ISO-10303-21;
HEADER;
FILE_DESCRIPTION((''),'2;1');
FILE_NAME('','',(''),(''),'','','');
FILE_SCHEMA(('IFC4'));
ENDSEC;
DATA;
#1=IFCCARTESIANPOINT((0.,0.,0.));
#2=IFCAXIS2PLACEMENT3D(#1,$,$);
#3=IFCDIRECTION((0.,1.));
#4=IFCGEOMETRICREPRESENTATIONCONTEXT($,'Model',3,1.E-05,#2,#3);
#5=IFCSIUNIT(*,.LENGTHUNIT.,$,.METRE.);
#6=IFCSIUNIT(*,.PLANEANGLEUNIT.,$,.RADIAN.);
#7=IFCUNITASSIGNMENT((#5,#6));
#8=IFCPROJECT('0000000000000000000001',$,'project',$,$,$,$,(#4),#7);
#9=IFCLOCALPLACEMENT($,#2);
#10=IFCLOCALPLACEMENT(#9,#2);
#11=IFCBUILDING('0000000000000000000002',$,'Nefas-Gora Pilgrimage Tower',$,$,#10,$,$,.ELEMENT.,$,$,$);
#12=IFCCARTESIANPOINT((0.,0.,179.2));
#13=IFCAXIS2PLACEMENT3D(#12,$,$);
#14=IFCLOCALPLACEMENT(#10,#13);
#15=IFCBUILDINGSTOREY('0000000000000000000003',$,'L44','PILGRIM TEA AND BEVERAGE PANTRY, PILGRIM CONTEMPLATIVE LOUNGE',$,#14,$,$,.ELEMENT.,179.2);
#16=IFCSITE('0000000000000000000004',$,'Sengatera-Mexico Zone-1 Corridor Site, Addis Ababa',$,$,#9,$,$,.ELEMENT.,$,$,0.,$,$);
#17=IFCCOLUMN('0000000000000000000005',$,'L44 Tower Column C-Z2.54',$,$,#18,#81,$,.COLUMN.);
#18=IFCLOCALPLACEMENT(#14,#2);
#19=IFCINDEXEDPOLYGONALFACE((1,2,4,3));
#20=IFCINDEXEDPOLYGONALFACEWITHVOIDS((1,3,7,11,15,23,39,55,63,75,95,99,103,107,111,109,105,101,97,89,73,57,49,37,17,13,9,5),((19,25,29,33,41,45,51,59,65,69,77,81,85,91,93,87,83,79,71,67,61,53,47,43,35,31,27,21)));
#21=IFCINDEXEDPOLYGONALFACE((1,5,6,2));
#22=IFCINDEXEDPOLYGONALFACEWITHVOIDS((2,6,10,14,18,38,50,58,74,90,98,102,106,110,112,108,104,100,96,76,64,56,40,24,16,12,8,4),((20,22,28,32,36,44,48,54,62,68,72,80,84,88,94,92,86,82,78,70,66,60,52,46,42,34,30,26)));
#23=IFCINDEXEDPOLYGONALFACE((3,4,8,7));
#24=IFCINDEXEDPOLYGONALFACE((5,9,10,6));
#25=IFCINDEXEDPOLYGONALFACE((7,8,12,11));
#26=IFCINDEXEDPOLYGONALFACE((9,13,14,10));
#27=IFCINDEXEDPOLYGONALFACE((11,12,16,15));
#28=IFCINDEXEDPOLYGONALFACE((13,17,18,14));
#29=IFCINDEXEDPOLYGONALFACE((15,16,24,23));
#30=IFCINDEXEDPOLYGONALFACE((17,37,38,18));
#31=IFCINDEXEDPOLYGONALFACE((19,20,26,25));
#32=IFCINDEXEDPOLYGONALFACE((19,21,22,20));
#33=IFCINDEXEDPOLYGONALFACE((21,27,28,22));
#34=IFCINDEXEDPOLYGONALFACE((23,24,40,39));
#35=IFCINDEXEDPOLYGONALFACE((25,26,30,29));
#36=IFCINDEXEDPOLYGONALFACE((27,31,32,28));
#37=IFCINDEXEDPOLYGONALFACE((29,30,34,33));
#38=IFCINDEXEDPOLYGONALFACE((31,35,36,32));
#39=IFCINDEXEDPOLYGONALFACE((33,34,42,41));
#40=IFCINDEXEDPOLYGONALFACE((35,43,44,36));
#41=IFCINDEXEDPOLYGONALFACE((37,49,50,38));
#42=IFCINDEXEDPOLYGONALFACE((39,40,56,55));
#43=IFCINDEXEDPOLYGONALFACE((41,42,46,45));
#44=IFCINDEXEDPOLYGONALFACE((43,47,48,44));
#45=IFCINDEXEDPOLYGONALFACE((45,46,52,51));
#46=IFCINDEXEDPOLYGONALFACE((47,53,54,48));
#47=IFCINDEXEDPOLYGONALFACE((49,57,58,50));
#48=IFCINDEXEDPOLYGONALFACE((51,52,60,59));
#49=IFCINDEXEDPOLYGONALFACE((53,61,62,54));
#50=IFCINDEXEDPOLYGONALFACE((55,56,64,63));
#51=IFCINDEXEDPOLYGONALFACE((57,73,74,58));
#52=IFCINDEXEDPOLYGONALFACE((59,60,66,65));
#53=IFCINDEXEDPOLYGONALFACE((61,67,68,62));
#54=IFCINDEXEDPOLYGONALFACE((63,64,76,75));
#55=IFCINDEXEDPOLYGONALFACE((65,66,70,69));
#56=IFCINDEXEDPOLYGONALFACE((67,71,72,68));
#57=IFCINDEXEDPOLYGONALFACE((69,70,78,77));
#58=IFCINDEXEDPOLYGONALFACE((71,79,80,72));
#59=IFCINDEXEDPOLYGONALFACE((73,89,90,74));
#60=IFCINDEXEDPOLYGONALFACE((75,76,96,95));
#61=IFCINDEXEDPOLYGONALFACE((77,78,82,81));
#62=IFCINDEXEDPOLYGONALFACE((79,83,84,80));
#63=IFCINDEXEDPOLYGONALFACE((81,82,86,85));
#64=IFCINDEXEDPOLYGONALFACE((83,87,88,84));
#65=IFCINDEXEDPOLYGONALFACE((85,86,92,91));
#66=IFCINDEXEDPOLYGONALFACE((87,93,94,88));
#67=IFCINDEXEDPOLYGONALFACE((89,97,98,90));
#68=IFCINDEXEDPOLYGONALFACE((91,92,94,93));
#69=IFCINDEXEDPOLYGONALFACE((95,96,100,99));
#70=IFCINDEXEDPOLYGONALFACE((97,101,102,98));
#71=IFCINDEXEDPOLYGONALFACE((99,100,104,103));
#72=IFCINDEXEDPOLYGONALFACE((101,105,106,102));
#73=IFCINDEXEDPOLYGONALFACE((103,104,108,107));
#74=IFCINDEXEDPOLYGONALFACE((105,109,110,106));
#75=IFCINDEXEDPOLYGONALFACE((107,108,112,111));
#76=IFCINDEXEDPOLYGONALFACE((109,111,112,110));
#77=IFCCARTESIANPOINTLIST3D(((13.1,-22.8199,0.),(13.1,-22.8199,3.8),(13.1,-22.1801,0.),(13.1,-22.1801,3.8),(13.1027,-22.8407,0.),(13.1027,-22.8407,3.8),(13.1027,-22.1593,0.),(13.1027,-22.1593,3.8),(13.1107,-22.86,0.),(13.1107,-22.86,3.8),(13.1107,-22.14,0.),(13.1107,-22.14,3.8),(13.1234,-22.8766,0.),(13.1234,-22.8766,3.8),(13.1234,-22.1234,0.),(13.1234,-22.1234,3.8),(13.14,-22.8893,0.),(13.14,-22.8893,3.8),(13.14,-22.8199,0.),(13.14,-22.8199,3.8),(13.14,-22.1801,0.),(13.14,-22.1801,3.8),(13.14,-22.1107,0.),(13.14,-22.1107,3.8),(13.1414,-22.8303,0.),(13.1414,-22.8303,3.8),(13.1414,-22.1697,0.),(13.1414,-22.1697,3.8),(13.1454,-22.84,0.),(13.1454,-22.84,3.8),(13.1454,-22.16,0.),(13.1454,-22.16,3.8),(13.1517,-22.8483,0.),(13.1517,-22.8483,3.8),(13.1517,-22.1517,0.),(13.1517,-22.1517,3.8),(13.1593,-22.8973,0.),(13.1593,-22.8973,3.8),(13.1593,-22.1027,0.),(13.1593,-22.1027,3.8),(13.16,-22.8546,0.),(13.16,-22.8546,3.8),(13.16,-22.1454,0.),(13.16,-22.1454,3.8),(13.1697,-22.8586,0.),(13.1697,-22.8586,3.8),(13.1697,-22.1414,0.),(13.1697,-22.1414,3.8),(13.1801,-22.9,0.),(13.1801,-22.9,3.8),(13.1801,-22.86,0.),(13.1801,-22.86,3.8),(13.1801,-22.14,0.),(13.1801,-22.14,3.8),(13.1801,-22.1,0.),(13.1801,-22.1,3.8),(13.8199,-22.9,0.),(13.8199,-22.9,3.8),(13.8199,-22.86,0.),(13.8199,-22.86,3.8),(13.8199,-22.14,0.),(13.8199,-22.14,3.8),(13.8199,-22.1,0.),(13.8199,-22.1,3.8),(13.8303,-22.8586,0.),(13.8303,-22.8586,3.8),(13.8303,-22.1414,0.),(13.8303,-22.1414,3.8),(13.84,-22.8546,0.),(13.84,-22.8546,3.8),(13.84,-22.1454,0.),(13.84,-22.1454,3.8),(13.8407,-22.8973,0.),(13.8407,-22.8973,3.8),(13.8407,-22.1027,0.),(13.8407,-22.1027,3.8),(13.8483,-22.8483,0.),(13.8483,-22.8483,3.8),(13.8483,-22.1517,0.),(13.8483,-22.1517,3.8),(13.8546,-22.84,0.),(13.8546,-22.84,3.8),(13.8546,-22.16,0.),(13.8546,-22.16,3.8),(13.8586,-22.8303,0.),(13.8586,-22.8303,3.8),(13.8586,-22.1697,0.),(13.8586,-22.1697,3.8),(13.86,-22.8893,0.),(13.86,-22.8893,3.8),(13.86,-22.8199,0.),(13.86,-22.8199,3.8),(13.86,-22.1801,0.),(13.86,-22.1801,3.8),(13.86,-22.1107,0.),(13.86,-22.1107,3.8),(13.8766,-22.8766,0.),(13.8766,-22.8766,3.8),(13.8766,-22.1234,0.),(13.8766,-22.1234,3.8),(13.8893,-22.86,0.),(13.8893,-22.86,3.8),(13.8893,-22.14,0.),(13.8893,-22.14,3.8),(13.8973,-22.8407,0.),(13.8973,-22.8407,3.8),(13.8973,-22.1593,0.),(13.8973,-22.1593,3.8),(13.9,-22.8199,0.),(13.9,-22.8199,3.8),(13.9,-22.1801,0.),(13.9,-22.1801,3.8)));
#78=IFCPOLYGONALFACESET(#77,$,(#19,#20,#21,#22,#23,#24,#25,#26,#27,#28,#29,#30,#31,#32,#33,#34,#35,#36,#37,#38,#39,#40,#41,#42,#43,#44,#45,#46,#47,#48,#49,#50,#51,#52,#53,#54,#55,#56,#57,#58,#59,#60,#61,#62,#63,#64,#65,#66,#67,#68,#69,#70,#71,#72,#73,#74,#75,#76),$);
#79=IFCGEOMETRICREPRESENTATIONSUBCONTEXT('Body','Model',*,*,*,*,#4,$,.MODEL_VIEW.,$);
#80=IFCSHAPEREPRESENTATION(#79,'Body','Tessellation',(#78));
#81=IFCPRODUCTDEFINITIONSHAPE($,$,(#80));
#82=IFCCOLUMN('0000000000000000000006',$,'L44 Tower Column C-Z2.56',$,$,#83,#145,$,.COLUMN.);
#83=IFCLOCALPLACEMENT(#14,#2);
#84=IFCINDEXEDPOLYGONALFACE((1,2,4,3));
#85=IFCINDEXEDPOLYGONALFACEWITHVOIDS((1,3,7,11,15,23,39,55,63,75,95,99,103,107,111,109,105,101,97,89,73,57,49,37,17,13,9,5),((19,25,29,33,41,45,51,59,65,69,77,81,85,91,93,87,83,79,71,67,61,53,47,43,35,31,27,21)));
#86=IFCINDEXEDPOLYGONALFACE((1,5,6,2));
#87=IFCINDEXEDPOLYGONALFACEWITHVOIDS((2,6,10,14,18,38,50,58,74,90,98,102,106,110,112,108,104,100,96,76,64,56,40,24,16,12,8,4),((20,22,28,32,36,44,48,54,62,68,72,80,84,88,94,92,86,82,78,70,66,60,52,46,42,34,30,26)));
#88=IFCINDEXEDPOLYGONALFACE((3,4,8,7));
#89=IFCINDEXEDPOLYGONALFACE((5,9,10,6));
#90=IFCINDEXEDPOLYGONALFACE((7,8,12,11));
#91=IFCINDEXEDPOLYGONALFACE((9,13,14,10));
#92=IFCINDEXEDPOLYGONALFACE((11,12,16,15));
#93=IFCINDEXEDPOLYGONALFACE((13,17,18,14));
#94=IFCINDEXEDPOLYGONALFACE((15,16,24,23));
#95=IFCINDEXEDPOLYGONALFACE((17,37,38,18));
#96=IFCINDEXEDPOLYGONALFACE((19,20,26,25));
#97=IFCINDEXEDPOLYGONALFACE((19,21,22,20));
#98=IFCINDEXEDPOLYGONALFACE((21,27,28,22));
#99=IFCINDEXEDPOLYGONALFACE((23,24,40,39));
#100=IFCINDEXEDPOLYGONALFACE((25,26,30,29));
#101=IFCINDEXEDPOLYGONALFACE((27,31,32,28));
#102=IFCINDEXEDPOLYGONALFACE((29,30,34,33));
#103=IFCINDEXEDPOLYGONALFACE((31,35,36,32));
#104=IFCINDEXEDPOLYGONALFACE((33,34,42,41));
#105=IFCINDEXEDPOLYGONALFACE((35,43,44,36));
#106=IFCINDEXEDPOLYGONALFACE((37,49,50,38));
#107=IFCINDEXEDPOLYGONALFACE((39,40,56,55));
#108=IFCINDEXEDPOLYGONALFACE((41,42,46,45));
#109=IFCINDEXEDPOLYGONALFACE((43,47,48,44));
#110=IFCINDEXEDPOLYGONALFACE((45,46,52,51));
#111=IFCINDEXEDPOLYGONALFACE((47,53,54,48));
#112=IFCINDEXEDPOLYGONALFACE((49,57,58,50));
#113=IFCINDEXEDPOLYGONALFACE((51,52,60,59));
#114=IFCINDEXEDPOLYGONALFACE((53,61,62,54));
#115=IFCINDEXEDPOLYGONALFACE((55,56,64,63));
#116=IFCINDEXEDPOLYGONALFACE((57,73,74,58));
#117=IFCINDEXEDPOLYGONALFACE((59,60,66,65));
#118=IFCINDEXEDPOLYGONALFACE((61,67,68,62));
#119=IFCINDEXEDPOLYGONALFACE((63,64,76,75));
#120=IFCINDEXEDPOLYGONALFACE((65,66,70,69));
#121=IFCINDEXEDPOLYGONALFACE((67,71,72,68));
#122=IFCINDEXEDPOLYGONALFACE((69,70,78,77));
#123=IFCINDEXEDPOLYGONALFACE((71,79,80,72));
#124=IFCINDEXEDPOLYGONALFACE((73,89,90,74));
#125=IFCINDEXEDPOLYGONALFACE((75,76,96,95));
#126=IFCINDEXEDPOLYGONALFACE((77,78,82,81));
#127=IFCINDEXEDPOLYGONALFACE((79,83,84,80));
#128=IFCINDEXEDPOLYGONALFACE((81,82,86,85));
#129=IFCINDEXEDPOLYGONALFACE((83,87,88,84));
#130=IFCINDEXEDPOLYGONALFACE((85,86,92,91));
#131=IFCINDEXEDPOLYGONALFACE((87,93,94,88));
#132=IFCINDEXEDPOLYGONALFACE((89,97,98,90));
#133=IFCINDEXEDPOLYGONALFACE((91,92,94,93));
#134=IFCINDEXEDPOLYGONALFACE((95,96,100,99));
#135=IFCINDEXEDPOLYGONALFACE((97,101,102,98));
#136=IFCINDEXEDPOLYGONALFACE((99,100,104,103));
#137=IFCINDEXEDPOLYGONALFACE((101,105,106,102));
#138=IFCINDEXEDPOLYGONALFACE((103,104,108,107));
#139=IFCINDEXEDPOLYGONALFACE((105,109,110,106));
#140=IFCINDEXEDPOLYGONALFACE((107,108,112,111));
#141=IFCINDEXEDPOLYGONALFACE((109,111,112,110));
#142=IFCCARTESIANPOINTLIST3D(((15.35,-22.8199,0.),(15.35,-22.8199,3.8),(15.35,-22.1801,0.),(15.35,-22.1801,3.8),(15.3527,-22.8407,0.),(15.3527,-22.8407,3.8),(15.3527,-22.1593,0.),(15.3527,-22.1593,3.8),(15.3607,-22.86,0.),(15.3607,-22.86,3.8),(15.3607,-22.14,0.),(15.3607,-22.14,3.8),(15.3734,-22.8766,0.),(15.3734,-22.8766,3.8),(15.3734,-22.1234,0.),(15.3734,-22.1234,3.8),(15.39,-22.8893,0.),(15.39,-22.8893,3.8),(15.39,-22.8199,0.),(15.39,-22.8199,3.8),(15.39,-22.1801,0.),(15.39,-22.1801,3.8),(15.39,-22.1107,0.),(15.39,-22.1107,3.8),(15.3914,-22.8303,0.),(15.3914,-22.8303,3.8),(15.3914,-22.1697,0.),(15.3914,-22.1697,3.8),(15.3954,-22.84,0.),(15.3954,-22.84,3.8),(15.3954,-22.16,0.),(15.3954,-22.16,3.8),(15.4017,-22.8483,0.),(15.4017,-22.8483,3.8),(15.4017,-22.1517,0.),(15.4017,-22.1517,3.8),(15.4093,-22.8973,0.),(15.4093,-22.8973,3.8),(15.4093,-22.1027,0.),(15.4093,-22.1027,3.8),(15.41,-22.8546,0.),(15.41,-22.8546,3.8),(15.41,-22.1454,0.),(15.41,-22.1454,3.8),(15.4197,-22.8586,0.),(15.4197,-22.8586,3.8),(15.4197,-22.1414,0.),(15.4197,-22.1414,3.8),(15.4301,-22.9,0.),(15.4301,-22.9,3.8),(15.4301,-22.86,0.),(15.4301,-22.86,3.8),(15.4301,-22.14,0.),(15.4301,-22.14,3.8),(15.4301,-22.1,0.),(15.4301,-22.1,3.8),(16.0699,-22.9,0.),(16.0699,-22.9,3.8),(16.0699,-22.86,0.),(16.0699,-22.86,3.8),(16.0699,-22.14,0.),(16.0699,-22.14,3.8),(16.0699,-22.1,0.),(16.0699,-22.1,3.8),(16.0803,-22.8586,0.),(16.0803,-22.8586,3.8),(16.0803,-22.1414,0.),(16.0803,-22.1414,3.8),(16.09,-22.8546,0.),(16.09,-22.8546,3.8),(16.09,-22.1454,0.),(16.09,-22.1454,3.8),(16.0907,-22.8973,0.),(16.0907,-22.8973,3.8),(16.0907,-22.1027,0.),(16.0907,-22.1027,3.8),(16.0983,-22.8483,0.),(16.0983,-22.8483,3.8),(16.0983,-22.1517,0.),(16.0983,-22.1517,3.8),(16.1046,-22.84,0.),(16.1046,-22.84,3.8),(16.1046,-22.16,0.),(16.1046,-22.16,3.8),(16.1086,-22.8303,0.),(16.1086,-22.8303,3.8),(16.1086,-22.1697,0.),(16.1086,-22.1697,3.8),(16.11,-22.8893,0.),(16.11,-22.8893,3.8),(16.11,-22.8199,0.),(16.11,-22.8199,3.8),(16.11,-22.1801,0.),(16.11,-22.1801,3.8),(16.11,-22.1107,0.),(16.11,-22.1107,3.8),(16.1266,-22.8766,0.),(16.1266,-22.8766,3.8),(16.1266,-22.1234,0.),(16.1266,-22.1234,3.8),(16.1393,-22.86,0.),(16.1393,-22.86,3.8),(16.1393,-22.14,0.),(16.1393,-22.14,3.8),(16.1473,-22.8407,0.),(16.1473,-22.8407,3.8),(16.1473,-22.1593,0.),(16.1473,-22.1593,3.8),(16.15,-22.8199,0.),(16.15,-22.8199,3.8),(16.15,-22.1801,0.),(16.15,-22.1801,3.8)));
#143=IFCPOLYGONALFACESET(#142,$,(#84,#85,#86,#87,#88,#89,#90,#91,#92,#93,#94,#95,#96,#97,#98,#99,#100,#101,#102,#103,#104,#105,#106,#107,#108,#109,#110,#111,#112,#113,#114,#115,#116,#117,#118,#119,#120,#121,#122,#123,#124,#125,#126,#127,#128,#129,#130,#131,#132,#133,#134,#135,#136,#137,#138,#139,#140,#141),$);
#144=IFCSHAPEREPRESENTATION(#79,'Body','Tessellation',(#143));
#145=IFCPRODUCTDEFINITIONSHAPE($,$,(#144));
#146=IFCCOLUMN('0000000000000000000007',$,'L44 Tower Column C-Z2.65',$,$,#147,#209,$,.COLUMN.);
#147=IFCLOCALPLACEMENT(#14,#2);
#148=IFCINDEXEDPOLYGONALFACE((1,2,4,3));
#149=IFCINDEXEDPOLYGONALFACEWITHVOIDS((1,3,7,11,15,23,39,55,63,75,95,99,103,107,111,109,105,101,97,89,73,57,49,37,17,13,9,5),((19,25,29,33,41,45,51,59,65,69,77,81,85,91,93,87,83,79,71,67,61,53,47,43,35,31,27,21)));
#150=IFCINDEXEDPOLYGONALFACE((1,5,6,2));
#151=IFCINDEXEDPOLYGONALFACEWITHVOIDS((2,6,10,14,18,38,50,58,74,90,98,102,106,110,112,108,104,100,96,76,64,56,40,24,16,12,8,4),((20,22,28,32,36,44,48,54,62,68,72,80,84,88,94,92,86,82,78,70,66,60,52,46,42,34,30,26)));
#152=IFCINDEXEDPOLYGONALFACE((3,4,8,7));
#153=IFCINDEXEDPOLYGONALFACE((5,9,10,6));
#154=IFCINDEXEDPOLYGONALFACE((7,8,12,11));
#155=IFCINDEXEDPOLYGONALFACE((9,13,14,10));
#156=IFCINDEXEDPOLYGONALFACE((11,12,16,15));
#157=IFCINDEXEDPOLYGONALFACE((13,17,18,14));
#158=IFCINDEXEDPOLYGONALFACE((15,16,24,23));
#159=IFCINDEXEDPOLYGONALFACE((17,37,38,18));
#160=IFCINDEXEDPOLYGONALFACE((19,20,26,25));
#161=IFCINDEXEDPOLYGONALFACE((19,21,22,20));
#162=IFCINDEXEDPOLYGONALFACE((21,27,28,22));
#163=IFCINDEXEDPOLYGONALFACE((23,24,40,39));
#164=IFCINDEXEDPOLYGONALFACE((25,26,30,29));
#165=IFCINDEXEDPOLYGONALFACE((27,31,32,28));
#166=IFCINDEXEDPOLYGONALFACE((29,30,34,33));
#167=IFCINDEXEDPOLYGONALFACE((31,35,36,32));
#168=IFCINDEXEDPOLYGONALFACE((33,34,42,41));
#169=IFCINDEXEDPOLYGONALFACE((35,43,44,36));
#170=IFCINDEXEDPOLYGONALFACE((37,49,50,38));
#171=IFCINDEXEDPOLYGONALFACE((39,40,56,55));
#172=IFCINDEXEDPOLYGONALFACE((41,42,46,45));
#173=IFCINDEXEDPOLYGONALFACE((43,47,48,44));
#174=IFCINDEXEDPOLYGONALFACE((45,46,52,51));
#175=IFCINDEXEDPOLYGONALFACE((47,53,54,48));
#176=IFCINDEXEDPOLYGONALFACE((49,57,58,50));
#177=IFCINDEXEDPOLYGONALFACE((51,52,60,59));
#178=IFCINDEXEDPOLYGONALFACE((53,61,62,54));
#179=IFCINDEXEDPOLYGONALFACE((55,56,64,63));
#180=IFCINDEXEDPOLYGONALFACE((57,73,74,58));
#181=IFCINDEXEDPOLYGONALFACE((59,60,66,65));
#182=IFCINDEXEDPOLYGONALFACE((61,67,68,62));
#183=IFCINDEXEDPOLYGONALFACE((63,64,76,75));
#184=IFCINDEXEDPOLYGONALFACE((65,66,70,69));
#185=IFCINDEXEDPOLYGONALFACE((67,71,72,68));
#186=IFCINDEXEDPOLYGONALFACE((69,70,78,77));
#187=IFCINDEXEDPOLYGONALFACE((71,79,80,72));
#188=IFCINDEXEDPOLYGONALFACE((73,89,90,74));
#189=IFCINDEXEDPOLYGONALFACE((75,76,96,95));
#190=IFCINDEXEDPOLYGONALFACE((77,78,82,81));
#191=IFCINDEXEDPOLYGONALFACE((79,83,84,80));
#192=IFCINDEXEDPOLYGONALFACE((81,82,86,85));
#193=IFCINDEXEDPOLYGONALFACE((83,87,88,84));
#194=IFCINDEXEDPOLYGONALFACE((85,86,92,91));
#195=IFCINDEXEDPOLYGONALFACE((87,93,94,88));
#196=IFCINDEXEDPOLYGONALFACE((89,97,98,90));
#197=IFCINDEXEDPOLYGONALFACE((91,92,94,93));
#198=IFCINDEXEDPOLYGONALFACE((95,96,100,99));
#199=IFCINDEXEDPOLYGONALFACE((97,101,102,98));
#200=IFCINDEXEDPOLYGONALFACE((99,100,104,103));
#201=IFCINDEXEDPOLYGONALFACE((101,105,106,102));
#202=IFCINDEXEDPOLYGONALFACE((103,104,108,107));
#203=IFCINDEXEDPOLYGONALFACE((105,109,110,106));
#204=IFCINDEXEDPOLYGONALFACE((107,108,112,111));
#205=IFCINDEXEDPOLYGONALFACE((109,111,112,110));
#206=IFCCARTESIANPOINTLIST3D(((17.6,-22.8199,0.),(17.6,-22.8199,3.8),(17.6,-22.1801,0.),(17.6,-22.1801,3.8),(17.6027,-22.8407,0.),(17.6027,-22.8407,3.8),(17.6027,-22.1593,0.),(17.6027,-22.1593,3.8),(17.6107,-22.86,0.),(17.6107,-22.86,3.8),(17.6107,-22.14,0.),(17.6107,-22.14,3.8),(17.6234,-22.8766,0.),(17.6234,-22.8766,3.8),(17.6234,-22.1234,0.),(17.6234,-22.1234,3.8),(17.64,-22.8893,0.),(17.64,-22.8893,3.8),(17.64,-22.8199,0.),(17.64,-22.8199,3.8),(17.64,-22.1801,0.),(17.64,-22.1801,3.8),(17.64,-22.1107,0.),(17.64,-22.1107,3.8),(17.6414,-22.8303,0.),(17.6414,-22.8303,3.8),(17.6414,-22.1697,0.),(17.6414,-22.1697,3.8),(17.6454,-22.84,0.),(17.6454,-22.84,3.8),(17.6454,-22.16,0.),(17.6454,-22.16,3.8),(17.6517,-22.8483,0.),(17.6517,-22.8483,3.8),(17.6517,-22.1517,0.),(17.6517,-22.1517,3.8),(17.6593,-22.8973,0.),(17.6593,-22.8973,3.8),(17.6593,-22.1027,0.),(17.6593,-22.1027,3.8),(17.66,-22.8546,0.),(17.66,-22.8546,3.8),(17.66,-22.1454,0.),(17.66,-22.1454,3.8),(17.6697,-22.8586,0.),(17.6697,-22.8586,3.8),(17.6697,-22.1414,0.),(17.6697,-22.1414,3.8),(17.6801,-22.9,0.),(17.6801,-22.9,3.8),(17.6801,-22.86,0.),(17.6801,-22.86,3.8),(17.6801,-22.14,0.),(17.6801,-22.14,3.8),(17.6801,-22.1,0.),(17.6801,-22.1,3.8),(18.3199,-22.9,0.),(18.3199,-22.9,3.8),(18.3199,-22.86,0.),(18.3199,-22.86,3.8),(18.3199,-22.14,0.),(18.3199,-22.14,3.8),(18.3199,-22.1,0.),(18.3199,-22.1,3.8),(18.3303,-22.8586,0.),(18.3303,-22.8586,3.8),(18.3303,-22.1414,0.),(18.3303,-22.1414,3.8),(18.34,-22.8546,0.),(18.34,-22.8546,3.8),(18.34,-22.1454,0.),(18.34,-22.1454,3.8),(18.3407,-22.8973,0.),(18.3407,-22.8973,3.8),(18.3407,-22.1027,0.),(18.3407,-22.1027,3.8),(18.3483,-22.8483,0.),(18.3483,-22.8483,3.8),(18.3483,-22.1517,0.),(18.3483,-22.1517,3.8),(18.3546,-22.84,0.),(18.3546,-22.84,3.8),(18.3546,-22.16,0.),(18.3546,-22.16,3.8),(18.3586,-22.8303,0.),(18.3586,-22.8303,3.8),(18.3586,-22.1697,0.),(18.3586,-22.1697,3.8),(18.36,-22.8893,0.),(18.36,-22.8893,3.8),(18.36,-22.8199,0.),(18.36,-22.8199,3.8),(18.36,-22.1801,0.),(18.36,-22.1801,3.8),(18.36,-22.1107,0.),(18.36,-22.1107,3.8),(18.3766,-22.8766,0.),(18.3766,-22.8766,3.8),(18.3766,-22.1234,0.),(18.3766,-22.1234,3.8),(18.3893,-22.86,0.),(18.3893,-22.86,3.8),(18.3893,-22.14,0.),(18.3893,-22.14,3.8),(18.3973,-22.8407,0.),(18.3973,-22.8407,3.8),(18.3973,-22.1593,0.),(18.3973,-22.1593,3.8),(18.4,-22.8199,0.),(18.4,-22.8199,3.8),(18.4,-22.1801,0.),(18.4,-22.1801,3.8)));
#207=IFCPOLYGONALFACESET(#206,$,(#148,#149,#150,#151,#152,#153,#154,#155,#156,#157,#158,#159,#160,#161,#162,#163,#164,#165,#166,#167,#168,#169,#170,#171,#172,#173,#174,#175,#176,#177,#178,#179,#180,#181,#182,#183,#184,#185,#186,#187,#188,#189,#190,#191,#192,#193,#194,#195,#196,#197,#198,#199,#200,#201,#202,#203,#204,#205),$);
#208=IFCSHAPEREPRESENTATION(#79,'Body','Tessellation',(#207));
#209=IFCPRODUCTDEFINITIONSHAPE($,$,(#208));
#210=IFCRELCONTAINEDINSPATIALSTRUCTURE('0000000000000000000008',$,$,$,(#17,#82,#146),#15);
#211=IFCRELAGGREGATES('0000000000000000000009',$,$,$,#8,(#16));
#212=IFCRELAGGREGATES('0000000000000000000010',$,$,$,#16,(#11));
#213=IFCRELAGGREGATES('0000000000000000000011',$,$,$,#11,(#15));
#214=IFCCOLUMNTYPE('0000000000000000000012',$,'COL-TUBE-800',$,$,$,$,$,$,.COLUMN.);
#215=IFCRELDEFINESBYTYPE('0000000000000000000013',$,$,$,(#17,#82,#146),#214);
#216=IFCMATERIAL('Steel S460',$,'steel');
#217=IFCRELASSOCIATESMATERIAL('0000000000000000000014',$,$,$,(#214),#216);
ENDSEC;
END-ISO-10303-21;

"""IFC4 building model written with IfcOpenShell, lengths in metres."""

from ifc_helpers import new_model, si_unit, direction, frame, origin, origin_2d, place, context, subcontext, project, spatial, hollow_rectangle, extrude, source, transform, mapped, material, material_profile, profile_set, type_object, element, save


model = new_model("IFC4")

# Units and contexts
model_context = context("Model", 3, precision=1e-05, world=origin(), true_north=direction((0.0, 1.0)))
body_context = subcontext(model_context, "Body", "Model", "MODEL_VIEW")
ifc_project = project(units=[si_unit("LENGTHUNIT", "METRE"), si_unit("PLANEANGLEUNIT", "RADIAN")], contexts=[model_context])

# Site, building, storey
site_placement = place(None, origin())
site = spatial("IfcSite", under=ifc_project, at=site_placement, Name="Sengatera-Mexico Zone-1 Corridor Site, Addis Ababa", CompositionType="ELEMENT", RefElevation=0.0)
building_placement = place(site_placement, origin())
building = spatial("IfcBuilding", under=site, at=building_placement, Name="Nefas-Gora Pilgrimage Tower", CompositionType="ELEMENT")
storey_placement = place(building_placement, frame((0.0, 0.0, 179.2)))
storey = spatial("IfcBuildingStorey", under=building, at=storey_placement, Name="L44", Description="PILGRIM TEA AND BEVERAGE PANTRY, PILGRIM CONTEMPLATIVE LOUNGE", CompositionType="ELEMENT", Elevation=179.2)

# Columns
ifc_material_1 = material(Name="Steel S460", Category="steel")
ifc_material_profile_1 = material_profile(ifc_material_1, hollow_rectangle(XDim=0.8, YDim=0.8, WallThickness=0.04, InnerFilletRadius=0.04, OuterFilletRadius=0.0801, at=origin_2d()), Name="BOX 800x800x40")
ifc_profile_set_1 = profile_set([ifc_material_profile_1], Name="Steel S460")
column_type_1 = type_object("IfcColumnType", Name="COL-TUBE-800", PredefinedType="COLUMN", material=ifc_profile_set_1)
shared_shape_1 = source(origin(), body_context, "Body", "SweptSolid", [
    extrude(hollow_rectangle(XDim=0.8, YDim=0.8, WallThickness=0.04, InnerFilletRadius=0.04, OuterFilletRadius=0.0801, at=origin_2d()), origin(), (0.0, 0.0, 1.0), 3.8),
])
for number, where, z_axis, x_axis, name in (
    (1, (13.5, -22.5, 0.0), (0.0, 0.0, 1.0), (1.0, 0.0, 0.0), "L44 Tower Column C-Z2.54"),
    (2, (15.75, -22.5, 0.0), (0.0, 0.0, 1.0), (1.0, 0.0, 0.0), "L44 Tower Column C-Z2.56"),
    (3, (18.0, -22.5, 0.0), (0.0, 0.0, 1.0), (1.0, 0.0, 0.0), "L44 Tower Column C-Z2.65"),
):
    element("IfcColumn", number, at=place(storey_placement, frame(where, z_axis=z_axis, x_axis=x_axis)), inside=storey, type_object=column_type_1, Name=name, PredefinedType="COLUMN", context=body_context, shape_type="MappedRepresentation", body=[
        mapped(shared_shape_1, transform((0.0, 0.0, 0.0), x_axis=(1.0, 0.0, 0.0), y_axis=(0.0, 1.0, 0.0), z_axis=(0.0, 0.0, 1.0), scale=1.0)),
    ])

save(model, "model.ifc")
